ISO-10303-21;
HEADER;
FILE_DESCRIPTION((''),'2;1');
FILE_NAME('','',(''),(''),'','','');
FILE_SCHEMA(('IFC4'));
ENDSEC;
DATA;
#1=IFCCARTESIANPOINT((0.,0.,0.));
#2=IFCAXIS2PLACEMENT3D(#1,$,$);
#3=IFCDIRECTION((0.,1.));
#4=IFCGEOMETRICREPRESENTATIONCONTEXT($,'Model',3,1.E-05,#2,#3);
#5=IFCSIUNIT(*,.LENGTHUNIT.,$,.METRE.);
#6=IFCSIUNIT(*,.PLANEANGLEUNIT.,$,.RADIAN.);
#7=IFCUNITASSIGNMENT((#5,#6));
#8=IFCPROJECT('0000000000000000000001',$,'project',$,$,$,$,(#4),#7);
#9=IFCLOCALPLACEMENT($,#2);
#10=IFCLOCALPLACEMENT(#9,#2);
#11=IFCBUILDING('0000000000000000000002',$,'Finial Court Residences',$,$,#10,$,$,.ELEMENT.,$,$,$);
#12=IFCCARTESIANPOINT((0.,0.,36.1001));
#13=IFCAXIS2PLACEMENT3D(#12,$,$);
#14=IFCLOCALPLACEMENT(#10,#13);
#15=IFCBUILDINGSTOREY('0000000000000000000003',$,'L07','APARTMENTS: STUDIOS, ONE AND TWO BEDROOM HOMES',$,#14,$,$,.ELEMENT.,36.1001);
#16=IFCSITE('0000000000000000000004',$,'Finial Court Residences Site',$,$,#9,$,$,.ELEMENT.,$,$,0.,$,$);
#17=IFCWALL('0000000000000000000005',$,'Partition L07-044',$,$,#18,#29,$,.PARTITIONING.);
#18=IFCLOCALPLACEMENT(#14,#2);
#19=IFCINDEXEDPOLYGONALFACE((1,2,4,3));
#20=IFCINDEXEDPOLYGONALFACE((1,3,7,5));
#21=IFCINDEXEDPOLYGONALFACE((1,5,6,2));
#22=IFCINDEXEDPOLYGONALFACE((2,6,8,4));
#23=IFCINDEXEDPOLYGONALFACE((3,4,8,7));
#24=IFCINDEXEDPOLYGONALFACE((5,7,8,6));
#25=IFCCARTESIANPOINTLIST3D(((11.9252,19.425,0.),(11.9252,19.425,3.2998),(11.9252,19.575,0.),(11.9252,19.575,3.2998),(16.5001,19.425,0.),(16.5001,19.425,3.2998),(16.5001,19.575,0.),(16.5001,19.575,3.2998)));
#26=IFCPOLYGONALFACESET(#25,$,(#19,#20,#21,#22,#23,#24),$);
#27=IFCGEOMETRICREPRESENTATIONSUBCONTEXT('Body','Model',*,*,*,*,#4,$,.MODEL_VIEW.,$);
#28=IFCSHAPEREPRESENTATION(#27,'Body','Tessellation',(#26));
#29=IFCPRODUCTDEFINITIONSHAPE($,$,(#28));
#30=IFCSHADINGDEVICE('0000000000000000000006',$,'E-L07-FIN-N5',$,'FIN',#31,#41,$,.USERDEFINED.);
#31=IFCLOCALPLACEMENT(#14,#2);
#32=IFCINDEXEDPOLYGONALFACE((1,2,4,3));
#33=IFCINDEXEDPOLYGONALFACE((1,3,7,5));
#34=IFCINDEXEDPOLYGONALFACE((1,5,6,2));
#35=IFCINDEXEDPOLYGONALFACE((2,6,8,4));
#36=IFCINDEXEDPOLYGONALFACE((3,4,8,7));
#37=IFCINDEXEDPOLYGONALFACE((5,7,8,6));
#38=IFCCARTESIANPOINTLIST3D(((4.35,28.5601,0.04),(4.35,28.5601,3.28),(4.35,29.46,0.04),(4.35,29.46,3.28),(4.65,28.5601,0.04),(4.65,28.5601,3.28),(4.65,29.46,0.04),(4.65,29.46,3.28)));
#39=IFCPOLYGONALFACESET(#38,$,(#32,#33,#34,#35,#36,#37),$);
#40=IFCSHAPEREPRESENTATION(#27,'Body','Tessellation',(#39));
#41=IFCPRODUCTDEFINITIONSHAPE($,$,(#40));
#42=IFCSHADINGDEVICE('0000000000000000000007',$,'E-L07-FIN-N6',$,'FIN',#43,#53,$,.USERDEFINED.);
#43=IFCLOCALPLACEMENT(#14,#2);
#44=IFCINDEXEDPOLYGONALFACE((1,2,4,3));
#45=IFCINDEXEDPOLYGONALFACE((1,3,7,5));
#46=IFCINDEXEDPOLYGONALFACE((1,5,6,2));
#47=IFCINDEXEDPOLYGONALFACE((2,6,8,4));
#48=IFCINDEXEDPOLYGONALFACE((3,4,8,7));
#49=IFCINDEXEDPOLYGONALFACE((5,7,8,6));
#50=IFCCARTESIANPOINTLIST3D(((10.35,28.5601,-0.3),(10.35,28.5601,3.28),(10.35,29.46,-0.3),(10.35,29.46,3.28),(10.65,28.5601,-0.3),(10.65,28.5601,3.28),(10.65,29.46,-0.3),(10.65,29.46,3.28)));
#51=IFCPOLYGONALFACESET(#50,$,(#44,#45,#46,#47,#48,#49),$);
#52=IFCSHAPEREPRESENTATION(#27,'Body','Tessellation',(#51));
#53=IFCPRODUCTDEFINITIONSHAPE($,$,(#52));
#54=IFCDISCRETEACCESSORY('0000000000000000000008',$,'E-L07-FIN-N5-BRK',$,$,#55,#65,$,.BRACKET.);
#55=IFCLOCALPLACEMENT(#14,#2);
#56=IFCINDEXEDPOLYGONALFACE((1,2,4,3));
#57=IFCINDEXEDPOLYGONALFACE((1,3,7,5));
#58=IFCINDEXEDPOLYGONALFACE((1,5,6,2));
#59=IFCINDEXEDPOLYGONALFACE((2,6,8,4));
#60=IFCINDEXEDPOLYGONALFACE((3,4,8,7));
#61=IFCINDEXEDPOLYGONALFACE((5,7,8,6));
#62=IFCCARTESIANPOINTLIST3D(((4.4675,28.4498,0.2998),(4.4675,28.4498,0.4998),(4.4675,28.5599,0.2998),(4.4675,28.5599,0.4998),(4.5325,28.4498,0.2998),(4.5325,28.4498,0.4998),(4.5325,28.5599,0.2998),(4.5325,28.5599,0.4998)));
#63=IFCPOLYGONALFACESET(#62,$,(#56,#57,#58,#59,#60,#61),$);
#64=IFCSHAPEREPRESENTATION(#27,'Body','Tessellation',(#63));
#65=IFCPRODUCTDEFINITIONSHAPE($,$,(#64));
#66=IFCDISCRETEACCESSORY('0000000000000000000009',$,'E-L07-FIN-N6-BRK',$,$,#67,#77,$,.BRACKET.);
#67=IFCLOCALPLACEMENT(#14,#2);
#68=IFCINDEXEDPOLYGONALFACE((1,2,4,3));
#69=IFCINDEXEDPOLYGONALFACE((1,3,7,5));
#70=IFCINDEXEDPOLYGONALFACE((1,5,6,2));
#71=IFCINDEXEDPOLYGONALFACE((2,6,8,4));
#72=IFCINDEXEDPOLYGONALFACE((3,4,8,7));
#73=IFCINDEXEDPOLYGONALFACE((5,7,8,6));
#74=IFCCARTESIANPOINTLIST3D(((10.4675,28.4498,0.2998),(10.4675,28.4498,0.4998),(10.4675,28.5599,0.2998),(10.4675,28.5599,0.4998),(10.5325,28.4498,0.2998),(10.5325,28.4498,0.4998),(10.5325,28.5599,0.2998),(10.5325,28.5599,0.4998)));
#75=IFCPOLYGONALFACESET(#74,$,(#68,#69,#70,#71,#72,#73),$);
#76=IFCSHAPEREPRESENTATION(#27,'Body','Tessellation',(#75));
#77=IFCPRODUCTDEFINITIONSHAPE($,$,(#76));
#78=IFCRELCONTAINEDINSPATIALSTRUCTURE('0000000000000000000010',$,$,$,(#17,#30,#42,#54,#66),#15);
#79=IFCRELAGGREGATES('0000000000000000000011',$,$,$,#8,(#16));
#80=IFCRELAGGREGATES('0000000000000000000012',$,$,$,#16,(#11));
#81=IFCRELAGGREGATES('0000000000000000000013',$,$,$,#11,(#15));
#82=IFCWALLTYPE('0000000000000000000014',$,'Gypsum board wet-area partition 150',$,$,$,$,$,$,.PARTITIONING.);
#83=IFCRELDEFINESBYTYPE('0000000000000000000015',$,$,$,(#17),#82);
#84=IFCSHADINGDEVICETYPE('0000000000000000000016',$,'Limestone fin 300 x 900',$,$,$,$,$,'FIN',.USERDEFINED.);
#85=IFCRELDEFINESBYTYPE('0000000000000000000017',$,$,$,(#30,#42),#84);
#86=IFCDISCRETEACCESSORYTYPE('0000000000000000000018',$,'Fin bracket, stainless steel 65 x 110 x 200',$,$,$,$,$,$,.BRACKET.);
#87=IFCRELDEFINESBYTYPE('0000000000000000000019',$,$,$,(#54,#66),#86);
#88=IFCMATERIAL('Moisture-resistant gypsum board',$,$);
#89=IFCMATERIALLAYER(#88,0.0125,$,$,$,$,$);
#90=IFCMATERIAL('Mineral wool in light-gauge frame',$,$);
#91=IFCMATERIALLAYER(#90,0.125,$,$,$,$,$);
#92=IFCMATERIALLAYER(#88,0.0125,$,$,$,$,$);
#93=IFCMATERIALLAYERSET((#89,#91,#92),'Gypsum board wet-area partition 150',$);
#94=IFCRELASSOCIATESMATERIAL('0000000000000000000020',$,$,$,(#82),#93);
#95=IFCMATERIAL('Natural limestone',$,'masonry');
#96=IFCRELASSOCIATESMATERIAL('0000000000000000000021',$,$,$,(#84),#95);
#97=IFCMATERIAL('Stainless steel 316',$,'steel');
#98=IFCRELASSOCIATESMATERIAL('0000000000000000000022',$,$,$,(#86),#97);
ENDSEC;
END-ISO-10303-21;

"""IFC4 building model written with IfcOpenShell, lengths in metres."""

from ifc_helpers import new_model, si_unit, direction, frame, frame_2d, origin, origin_2d, place, context, subcontext, project, spatial, rectangle, extrude, material, layer, layer_set, type_object, element, save


model = new_model("IFC4")

# Units and contexts
model_context = context("Model", 3, precision=1e-05, world=origin(), true_north=direction((0.0, 1.0)))
body_context = subcontext(model_context, "Body", "Model", "MODEL_VIEW")
ifc_project = project(units=[si_unit("LENGTHUNIT", "METRE"), si_unit("PLANEANGLEUNIT", "RADIAN")], contexts=[model_context])

# Site, building, storey
site_placement = place(None, origin())
site = spatial("IfcSite", under=ifc_project, at=site_placement, Name="Finial Court Residences Site", CompositionType="ELEMENT", RefElevation=0.0)
building_placement = place(site_placement, origin())
building = spatial("IfcBuilding", under=site, at=building_placement, Name="Finial Court Residences", CompositionType="ELEMENT")
storey_placement = place(building_placement, frame((0.0, 0.0, 36.1001)))
storey = spatial("IfcBuildingStorey", under=building, at=storey_placement, Name="L07", Description="APARTMENTS: STUDIOS, ONE AND TWO BEDROOM HOMES", CompositionType="ELEMENT", Elevation=36.1001)

# Shared definitions
ifc_material_1 = material(Name="Mineral wool in light-gauge frame")
ifc_material_2 = material(Name="Moisture-resistant gypsum board")
ifc_layer_1 = layer(ifc_material_2, 0.0125)
ifc_layer_2 = layer(ifc_material_1, 0.125)
ifc_layer_3 = layer(ifc_material_2, 0.0125)
ifc_layer_set_1 = layer_set([ifc_layer_1, ifc_layer_2, ifc_layer_3], Name="Gypsum board wet-area partition 150")
wall_type_1 = type_object("IfcWallType", Name="Gypsum board wet-area partition 150", PredefinedType="PARTITIONING", material=ifc_layer_set_1)

# Wall
wall_1_placement = place(storey_placement, frame((11.925, 19.5, 0.0), z_axis=(0.0, 0.0, 1.0), x_axis=(1.0, 0.0, 0.0)))
element("IfcWall", 1, at=wall_1_placement, inside=storey, type_object=wall_type_1, Name="Partition L07-044", PredefinedType="PARTITIONING", context=body_context, shape_type="SweptSolid", body=[
    extrude(rectangle(XDim=4.575, YDim=0.1499, at=frame_2d((2.2876, 0.0))), origin(), (0.0, 0.0, 1.0), 3.2998),
])

# Shading devices
ifc_material_3 = material(Name="Natural limestone", Category="masonry")
shading_device_type = type_object("IfcShadingDeviceType", Name="Limestone fin 300 x 900", ElementType="FIN", PredefinedType="USERDEFINED", material=ifc_material_3)
shading_device_1_placement = place(storey_placement, frame((4.5, 29.01, 0.04), z_axis=(0.0, 0.0, 1.0), x_axis=(1.0, 0.0, 0.0)))
element("IfcShadingDevice", 2, at=shading_device_1_placement, inside=storey, type_object=shading_device_type, Name="E-L07-FIN-N5", ObjectType="FIN", PredefinedType="USERDEFINED", context=body_context, shape_type="SweptSolid", body=[
    extrude(rectangle(XDim=0.3, YDim=0.8999, at=origin_2d()), origin(), (0.0, 0.0, 1.0), 3.24),
])
shading_device_2_placement = place(storey_placement, frame((10.5, 29.01, -0.3), z_axis=(0.0, 0.0, 1.0), x_axis=(1.0, 0.0, 0.0)))
element("IfcShadingDevice", 3, at=shading_device_2_placement, inside=storey, type_object=shading_device_type, Name="E-L07-FIN-N6", ObjectType="FIN", PredefinedType="USERDEFINED", context=body_context, shape_type="SweptSolid", body=[
    extrude(rectangle(XDim=0.3, YDim=0.8999, at=origin_2d()), origin(), (0.0, 0.0, 1.0), 3.5801),
])

# Discrete accessories
ifc_material_4 = material(Name="Stainless steel 316", Category="steel")
discrete_accessory_type = type_object("IfcDiscreteAccessoryType", Name="Fin bracket, stainless steel 65 x 110 x 200", PredefinedType="BRACKET", material=ifc_material_4)
for number, where, z_axis, x_axis, name in (
    (4, (4.5, 28.5049, 0.2998), (0.0, 0.0, 1.0), (1.0, 0.0, 0.0), "E-L07-FIN-N5-BRK"),
    (5, (10.5, 28.5049, 0.2998), (0.0, 0.0, 1.0), (1.0, 0.0, 0.0), "E-L07-FIN-N6-BRK"),
):
    element("IfcDiscreteAccessory", number, at=place(storey_placement, frame(where, z_axis=z_axis, x_axis=x_axis)), inside=storey, type_object=discrete_accessory_type, Name=name, PredefinedType="BRACKET", context=body_context, shape_type="SweptSolid", body=[
        extrude(rectangle(XDim=0.0649, YDim=0.1101, at=origin_2d()), origin(), (0.0, 0.0, 1.0), 0.2),
    ])

save(model, "model.ifc")
